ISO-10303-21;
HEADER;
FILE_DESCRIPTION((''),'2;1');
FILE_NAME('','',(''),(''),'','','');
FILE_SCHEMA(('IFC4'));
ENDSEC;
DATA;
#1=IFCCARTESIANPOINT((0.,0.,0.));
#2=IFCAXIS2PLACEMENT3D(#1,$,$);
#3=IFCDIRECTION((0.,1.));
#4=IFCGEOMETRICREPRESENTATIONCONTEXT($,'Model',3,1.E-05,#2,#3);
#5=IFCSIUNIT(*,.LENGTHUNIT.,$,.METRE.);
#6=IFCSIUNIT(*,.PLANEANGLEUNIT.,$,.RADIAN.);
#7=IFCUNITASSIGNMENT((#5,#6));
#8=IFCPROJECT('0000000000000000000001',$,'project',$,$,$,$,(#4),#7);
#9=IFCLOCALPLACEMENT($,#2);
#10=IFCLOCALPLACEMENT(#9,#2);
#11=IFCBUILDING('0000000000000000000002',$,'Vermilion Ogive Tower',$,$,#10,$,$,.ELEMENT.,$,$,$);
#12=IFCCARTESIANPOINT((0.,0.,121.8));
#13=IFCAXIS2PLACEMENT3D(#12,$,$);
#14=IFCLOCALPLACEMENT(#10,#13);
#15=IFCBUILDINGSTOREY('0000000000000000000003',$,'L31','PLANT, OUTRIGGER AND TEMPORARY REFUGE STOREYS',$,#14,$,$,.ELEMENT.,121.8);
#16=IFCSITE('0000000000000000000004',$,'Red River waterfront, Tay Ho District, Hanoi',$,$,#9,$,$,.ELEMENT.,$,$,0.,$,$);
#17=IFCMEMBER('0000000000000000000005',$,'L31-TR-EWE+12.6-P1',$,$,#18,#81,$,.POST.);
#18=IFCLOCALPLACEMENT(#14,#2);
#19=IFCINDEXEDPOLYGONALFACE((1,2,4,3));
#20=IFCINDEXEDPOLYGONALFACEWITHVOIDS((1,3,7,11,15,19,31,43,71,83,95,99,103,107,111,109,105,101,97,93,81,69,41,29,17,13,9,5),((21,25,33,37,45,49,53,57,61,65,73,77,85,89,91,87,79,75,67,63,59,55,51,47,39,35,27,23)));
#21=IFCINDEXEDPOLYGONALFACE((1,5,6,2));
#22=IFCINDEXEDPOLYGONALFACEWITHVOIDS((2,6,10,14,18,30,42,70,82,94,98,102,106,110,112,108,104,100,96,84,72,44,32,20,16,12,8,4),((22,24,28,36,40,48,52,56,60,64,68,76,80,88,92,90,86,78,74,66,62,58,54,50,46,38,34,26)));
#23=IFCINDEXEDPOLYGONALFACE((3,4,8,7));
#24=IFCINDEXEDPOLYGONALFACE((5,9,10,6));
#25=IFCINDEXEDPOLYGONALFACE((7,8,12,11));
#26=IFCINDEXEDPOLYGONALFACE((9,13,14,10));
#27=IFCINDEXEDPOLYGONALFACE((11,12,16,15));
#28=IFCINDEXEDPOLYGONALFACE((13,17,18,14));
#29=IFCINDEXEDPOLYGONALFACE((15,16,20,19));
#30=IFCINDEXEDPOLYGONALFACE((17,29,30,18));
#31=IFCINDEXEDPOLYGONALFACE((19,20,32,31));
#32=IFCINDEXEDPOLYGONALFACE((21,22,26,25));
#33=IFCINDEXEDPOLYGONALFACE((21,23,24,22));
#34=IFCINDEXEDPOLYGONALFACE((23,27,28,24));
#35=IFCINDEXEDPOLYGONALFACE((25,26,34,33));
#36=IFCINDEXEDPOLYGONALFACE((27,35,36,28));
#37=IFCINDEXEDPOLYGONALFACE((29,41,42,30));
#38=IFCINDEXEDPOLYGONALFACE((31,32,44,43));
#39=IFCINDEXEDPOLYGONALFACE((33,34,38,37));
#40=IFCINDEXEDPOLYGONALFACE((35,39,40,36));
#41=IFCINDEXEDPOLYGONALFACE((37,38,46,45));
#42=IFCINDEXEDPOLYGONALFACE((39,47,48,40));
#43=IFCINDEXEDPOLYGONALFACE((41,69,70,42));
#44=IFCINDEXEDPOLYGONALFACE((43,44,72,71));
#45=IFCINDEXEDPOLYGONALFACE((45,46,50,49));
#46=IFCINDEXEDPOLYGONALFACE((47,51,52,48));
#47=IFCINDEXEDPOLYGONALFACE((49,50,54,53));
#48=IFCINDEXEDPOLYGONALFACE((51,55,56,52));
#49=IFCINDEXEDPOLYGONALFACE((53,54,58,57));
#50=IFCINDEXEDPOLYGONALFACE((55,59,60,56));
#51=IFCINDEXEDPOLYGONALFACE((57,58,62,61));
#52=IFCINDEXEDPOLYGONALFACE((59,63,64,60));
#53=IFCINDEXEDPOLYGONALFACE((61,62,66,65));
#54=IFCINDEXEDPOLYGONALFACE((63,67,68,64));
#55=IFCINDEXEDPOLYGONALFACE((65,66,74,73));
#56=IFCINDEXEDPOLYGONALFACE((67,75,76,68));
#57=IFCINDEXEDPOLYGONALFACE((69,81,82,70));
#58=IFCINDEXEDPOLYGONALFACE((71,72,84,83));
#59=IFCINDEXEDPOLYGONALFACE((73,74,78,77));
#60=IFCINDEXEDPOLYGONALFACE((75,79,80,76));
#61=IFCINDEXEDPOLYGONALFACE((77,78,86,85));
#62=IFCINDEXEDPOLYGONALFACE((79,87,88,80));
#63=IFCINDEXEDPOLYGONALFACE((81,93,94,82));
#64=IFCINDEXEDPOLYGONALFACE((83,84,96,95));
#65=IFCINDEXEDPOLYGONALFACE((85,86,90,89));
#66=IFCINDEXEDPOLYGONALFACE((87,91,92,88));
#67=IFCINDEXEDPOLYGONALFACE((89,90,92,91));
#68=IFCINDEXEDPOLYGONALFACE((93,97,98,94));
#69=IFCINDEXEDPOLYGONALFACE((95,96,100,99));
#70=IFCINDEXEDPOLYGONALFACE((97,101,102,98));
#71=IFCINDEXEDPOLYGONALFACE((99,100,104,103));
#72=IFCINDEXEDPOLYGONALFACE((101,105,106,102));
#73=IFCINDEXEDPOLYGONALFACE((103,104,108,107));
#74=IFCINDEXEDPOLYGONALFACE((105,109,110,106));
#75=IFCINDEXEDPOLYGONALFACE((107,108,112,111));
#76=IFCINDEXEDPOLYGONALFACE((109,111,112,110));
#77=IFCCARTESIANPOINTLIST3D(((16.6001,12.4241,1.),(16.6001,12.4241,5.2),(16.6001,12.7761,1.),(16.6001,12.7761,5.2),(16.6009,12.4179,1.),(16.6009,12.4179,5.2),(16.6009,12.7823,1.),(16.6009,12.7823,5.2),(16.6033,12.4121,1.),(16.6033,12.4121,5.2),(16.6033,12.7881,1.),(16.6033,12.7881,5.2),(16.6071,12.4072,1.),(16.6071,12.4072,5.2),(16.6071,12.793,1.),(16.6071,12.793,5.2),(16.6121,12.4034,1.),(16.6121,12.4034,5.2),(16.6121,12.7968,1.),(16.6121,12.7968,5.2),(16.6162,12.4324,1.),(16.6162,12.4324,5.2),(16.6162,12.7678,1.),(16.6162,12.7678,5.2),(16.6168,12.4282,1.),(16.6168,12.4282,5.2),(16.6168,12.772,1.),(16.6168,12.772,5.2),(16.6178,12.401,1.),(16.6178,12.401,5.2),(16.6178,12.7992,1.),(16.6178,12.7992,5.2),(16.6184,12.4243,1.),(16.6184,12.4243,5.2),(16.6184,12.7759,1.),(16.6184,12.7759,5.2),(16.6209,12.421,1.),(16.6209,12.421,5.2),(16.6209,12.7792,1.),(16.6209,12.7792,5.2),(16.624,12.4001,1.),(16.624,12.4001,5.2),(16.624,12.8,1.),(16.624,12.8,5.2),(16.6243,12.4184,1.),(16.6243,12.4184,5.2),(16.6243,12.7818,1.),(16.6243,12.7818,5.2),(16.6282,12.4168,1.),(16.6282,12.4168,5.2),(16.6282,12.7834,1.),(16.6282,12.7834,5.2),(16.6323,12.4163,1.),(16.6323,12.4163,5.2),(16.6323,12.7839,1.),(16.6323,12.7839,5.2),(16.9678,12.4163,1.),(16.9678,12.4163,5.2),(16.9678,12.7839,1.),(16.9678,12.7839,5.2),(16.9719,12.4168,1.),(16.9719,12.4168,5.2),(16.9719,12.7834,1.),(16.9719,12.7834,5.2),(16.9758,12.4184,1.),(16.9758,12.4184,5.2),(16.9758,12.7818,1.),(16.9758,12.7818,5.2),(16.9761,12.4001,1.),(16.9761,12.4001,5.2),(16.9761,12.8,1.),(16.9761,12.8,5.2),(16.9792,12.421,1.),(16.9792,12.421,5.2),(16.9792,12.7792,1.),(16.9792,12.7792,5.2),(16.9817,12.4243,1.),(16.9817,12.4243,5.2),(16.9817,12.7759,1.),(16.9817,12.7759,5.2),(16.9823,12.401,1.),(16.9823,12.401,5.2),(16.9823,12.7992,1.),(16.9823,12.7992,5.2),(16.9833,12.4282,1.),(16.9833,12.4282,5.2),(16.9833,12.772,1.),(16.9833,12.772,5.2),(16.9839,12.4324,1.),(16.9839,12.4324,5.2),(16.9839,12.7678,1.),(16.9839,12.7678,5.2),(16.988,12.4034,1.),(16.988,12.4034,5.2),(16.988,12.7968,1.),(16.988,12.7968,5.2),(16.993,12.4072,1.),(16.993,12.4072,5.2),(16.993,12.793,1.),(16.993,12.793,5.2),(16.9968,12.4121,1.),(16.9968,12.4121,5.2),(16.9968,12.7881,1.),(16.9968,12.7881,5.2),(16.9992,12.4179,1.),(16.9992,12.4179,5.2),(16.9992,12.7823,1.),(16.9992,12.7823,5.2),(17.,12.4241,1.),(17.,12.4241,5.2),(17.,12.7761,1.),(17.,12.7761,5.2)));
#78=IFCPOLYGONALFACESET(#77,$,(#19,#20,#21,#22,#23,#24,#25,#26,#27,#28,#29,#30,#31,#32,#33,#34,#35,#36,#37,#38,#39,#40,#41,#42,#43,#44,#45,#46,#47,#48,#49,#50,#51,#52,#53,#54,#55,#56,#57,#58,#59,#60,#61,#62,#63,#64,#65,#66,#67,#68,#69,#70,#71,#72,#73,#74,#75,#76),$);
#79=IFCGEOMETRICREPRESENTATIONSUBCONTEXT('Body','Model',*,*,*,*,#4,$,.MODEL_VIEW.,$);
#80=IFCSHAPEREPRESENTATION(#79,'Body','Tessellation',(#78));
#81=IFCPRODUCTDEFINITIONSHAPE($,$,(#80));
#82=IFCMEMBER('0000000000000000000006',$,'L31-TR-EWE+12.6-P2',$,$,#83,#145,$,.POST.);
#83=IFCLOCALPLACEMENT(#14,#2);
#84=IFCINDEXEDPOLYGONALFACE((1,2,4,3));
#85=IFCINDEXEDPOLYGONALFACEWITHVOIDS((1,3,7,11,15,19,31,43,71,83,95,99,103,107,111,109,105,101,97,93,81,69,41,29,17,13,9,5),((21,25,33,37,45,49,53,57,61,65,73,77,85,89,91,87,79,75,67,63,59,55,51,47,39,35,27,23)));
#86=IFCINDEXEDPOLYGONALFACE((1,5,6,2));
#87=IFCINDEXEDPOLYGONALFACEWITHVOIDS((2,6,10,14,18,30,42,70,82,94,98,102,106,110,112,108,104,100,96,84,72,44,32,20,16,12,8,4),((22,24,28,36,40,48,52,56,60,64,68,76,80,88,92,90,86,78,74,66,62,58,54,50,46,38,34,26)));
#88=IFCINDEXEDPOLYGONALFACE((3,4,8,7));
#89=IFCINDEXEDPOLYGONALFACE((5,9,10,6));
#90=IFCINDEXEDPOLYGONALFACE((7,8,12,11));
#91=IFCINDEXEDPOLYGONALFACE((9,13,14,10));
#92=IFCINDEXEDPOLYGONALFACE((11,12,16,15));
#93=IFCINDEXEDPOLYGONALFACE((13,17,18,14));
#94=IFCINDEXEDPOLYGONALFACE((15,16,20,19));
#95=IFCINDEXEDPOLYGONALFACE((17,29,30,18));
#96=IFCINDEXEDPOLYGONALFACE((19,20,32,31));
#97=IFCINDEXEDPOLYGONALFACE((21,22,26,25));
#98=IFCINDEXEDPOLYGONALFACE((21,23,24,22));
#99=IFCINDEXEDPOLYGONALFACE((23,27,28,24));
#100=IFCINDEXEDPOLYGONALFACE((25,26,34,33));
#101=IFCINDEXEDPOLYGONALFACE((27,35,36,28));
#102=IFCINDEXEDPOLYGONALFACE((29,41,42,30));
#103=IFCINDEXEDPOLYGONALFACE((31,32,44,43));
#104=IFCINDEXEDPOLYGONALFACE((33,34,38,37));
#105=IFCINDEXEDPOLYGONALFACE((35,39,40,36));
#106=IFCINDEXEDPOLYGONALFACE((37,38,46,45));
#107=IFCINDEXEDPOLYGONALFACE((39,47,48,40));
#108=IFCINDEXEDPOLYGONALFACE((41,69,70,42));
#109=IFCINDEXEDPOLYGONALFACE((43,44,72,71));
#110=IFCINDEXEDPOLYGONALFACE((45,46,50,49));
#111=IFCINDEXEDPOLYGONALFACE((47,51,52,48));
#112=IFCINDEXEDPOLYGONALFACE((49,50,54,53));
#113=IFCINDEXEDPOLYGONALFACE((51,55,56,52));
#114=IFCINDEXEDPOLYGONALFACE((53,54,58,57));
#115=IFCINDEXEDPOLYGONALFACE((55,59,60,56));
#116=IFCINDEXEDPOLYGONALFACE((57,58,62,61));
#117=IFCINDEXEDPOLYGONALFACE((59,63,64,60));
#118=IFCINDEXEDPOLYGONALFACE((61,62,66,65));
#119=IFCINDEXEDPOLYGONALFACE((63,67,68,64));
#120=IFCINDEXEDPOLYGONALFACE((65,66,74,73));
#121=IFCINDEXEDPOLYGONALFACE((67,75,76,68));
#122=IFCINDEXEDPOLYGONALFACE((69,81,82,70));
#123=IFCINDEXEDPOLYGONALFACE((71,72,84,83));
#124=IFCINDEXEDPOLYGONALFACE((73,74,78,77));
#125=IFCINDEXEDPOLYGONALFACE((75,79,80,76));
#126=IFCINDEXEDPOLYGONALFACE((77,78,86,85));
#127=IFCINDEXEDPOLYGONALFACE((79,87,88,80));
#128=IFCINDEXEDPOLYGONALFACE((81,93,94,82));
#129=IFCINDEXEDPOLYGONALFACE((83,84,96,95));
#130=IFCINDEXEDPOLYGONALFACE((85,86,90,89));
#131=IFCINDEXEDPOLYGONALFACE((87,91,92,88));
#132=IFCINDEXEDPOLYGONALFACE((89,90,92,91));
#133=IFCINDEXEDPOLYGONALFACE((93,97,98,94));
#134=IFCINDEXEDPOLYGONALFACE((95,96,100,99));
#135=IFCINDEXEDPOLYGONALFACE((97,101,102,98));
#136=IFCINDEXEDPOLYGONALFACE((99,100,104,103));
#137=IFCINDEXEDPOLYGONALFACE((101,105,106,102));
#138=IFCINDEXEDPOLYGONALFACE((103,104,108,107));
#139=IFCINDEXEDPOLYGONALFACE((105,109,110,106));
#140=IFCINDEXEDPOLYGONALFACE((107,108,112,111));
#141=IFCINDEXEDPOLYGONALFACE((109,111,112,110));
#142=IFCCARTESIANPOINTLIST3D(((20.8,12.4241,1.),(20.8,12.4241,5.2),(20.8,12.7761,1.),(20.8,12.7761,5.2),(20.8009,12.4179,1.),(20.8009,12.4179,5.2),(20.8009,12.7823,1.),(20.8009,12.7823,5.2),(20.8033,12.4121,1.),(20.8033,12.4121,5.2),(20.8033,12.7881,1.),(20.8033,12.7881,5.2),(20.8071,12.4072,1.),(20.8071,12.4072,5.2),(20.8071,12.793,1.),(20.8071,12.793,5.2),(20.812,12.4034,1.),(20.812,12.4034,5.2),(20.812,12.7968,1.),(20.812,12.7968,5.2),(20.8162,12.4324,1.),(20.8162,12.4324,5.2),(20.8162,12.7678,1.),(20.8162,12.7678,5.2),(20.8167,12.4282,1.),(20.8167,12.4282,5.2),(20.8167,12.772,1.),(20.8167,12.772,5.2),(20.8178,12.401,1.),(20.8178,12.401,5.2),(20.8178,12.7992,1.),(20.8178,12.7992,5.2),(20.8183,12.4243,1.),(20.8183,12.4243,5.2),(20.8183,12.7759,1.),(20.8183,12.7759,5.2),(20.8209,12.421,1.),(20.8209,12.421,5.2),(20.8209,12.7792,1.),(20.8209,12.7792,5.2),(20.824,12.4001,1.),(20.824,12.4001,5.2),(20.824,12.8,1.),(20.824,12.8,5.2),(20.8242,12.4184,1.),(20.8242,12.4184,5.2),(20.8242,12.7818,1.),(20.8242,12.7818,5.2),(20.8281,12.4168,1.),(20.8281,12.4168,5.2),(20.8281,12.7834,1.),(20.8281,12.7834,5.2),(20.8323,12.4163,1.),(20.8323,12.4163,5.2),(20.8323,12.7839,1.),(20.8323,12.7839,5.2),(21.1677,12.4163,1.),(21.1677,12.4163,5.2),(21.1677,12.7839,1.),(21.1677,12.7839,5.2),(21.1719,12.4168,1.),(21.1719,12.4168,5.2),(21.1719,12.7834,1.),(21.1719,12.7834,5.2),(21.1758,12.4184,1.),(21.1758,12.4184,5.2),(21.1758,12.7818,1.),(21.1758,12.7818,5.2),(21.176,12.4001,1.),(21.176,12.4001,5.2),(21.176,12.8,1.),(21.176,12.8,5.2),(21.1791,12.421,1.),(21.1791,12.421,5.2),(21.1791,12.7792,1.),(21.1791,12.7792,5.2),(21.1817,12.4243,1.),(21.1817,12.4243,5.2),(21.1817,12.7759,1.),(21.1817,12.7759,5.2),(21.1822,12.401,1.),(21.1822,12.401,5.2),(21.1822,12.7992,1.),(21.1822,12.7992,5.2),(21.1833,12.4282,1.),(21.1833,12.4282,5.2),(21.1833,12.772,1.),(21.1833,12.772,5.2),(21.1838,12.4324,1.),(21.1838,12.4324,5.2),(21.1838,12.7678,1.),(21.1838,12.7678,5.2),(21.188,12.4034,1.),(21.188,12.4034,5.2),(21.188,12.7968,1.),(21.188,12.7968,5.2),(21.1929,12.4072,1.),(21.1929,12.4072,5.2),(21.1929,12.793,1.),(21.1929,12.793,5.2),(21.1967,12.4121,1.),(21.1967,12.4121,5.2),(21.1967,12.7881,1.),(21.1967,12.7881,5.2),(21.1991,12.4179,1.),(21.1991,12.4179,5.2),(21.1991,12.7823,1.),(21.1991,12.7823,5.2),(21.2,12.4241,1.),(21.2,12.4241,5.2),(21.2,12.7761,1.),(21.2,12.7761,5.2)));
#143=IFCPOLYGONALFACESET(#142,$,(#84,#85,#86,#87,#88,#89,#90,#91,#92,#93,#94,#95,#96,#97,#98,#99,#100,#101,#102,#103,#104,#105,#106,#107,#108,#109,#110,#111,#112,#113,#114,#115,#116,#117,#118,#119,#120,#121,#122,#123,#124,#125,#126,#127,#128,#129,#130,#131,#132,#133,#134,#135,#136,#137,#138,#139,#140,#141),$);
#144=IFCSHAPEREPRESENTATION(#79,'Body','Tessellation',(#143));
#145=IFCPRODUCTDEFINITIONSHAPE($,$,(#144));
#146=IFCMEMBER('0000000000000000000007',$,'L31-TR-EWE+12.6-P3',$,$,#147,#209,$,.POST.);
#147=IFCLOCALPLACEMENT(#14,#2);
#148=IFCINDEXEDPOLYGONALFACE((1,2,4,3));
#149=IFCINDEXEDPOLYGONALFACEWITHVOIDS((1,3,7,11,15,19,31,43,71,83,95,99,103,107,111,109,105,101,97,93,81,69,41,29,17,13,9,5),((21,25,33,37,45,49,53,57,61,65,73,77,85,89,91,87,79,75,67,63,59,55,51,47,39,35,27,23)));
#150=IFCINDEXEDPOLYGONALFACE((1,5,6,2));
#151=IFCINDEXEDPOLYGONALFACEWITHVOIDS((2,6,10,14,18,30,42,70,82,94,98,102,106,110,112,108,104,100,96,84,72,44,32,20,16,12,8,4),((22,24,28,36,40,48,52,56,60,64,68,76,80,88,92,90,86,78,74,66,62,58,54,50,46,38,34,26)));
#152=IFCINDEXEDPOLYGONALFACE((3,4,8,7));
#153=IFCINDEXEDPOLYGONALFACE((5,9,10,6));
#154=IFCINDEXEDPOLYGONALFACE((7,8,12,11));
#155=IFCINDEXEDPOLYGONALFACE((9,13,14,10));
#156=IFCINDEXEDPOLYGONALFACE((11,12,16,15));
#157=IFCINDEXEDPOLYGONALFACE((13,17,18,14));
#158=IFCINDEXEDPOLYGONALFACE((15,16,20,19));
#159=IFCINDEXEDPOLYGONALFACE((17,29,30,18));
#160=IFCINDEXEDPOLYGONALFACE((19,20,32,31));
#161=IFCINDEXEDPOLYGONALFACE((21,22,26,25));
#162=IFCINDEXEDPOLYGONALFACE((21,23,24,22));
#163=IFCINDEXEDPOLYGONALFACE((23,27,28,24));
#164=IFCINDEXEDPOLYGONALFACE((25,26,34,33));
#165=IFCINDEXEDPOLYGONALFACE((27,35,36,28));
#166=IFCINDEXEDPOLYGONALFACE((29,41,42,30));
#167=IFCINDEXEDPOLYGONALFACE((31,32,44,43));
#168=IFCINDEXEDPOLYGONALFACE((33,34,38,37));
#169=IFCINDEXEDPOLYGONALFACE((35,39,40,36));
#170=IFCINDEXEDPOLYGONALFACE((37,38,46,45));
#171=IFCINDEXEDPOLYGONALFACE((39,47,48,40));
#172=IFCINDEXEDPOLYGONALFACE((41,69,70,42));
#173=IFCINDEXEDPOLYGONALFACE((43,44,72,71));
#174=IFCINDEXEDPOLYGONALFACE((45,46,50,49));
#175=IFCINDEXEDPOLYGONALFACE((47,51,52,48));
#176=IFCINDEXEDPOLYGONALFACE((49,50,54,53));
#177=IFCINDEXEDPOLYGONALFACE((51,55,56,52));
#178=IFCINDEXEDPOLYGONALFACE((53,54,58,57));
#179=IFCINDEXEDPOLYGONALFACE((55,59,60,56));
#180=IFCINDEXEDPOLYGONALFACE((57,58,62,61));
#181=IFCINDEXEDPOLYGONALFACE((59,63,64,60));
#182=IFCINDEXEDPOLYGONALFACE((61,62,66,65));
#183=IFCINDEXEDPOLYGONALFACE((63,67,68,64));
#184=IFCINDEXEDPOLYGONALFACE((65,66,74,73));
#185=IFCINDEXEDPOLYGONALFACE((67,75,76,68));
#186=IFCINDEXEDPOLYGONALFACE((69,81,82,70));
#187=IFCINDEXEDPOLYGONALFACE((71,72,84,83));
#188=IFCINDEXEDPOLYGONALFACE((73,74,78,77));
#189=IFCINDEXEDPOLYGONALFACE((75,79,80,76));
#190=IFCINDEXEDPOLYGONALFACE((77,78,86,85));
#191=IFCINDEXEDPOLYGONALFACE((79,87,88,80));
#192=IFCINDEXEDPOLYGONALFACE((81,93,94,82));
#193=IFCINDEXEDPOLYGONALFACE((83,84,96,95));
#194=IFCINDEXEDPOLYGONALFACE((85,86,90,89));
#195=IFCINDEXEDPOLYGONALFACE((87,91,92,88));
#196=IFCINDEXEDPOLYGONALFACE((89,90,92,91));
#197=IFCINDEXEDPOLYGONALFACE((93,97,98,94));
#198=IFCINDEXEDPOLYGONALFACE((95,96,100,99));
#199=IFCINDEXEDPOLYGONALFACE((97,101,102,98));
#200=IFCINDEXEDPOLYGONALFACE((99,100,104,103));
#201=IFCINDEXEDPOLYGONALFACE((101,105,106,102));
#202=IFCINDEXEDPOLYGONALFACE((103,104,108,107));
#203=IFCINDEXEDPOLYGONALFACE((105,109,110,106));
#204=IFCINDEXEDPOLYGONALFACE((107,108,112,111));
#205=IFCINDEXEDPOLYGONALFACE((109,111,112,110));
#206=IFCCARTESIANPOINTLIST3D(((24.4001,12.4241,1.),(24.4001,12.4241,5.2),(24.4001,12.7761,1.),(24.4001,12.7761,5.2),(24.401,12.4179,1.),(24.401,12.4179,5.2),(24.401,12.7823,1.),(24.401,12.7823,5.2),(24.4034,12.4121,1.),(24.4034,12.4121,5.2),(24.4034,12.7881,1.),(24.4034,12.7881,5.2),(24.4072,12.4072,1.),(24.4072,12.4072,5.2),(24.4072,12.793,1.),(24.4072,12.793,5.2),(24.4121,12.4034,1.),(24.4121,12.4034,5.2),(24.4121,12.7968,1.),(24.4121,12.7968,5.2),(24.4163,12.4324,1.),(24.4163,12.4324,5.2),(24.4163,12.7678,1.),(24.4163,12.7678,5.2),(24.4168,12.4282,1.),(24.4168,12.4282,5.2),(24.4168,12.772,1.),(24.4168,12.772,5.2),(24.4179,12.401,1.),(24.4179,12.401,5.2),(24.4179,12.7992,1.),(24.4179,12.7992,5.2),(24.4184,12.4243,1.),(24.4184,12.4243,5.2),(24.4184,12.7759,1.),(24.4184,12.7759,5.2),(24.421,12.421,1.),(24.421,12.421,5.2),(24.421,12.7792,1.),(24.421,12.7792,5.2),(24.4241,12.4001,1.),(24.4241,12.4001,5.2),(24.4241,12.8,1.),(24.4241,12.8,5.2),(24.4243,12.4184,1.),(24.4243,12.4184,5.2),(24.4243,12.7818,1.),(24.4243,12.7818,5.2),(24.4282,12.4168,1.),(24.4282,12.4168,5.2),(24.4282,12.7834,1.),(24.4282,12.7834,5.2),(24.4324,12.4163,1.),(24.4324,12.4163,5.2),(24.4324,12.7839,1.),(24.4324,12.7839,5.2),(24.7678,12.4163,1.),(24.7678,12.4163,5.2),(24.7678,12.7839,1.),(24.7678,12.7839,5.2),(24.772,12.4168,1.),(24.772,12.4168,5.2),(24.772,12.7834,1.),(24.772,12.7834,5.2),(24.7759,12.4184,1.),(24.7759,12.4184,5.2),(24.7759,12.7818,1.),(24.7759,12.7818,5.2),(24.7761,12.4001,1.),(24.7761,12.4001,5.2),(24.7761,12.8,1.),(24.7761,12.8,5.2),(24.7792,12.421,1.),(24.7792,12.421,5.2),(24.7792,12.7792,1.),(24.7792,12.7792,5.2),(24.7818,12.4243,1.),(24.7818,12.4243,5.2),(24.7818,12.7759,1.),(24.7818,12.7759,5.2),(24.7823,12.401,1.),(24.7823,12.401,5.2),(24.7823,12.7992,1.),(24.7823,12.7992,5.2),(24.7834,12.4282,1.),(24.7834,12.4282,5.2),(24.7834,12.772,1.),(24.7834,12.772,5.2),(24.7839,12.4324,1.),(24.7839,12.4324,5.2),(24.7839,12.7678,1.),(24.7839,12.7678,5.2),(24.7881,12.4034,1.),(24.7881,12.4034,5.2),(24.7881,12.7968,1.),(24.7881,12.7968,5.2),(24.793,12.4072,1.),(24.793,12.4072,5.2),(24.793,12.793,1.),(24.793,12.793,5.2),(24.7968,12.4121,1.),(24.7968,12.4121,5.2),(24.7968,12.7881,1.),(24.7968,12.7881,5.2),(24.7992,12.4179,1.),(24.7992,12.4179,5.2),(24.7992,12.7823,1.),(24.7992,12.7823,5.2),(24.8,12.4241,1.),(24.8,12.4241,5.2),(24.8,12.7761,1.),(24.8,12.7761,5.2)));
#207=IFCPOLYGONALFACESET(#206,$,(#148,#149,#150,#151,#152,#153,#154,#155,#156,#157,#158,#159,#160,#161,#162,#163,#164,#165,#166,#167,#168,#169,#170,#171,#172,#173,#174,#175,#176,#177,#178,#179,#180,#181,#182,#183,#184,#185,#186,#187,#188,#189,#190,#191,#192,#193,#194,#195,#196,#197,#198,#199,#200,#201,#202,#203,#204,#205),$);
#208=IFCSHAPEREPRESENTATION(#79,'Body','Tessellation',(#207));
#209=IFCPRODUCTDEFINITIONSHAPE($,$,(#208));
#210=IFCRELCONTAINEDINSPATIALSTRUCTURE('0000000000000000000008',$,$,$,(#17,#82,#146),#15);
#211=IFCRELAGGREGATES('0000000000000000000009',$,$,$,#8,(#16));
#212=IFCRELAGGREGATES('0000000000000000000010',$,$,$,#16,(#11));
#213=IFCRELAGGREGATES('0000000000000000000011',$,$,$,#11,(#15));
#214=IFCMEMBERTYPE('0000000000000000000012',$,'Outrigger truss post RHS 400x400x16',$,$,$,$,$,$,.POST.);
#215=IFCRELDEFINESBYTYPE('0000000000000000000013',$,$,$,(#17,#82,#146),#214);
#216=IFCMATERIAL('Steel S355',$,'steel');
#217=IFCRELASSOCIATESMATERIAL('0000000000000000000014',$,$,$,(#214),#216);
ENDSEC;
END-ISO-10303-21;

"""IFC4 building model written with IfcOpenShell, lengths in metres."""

from ifc_helpers import new_model, si_unit, direction, frame, origin, origin_2d, place, context, subcontext, project, spatial, hollow_rectangle, extrude, material, material_profile, profile_set, type_object, element, save


model = new_model("IFC4")

# Units and contexts
model_context = context("Model", 3, precision=1e-05, world=origin(), true_north=direction((0.0, 1.0)))
body_context = subcontext(model_context, "Body", "Model", "MODEL_VIEW")
ifc_project = project(units=[si_unit("LENGTHUNIT", "METRE"), si_unit("PLANEANGLEUNIT", "RADIAN")], contexts=[model_context])

# Site, building, storey
site_placement = place(None, origin())
site = spatial("IfcSite", under=ifc_project, at=site_placement, Name="Red River waterfront, Tay Ho District, Hanoi", CompositionType="ELEMENT", RefElevation=0.0)
building_placement = place(site_placement, origin())
building = spatial("IfcBuilding", under=site, at=building_placement, Name="Vermilion Ogive Tower", CompositionType="ELEMENT")
storey_placement = place(building_placement, frame((0.0, 0.0, 121.8)))
storey = spatial("IfcBuildingStorey", under=building, at=storey_placement, Name="L31", Description="PLANT, OUTRIGGER AND TEMPORARY REFUGE STOREYS", CompositionType="ELEMENT", Elevation=121.8)

# Members
ifc_material_1 = material(Name="Steel S355", Category="steel")
ifc_material_profile_1 = material_profile(ifc_material_1, hollow_rectangle(XDim=0.3999, YDim=0.3999, WallThickness=0.0161, InnerFilletRadius=0.0161, OuterFilletRadius=0.0239, at=origin_2d()), Name="RHS 400x400x16")
ifc_profile_set_1 = profile_set([ifc_material_profile_1], Name="Steel S355")
member_type_1 = type_object("IfcMemberType", Name="Outrigger truss post RHS 400x400x16", PredefinedType="POST", material=ifc_profile_set_1)
for number, where, z_axis, x_axis, name in (
    (1, (16.8, 12.6001, 1.0), (0.0, 0.0, 1.0), (1.0, 0.0, 0.0), "L31-TR-EWE+12.6-P1"),
    (2, (21.0, 12.6001, 1.0), (0.0, 0.0, 1.0), (1.0, 0.0, 0.0), "L31-TR-EWE+12.6-P2"),
    (3, (24.6001, 12.6001, 1.0), (0.0, 0.0, 1.0), (1.0, 0.0, 0.0), "L31-TR-EWE+12.6-P3"),
):
    element("IfcMember", number, at=place(storey_placement, frame(where, z_axis=z_axis, x_axis=x_axis)), inside=storey, type_object=member_type_1, Name=name, PredefinedType="POST", context=body_context, shape_type="SweptSolid", body=[
        extrude(hollow_rectangle(XDim=0.3999, YDim=0.3999, WallThickness=0.0161, InnerFilletRadius=0.0161, OuterFilletRadius=0.0239, at=origin_2d()), origin(), (0.0, 0.0, 1.0), 4.2),
    ])

save(model, "model.ifc")
